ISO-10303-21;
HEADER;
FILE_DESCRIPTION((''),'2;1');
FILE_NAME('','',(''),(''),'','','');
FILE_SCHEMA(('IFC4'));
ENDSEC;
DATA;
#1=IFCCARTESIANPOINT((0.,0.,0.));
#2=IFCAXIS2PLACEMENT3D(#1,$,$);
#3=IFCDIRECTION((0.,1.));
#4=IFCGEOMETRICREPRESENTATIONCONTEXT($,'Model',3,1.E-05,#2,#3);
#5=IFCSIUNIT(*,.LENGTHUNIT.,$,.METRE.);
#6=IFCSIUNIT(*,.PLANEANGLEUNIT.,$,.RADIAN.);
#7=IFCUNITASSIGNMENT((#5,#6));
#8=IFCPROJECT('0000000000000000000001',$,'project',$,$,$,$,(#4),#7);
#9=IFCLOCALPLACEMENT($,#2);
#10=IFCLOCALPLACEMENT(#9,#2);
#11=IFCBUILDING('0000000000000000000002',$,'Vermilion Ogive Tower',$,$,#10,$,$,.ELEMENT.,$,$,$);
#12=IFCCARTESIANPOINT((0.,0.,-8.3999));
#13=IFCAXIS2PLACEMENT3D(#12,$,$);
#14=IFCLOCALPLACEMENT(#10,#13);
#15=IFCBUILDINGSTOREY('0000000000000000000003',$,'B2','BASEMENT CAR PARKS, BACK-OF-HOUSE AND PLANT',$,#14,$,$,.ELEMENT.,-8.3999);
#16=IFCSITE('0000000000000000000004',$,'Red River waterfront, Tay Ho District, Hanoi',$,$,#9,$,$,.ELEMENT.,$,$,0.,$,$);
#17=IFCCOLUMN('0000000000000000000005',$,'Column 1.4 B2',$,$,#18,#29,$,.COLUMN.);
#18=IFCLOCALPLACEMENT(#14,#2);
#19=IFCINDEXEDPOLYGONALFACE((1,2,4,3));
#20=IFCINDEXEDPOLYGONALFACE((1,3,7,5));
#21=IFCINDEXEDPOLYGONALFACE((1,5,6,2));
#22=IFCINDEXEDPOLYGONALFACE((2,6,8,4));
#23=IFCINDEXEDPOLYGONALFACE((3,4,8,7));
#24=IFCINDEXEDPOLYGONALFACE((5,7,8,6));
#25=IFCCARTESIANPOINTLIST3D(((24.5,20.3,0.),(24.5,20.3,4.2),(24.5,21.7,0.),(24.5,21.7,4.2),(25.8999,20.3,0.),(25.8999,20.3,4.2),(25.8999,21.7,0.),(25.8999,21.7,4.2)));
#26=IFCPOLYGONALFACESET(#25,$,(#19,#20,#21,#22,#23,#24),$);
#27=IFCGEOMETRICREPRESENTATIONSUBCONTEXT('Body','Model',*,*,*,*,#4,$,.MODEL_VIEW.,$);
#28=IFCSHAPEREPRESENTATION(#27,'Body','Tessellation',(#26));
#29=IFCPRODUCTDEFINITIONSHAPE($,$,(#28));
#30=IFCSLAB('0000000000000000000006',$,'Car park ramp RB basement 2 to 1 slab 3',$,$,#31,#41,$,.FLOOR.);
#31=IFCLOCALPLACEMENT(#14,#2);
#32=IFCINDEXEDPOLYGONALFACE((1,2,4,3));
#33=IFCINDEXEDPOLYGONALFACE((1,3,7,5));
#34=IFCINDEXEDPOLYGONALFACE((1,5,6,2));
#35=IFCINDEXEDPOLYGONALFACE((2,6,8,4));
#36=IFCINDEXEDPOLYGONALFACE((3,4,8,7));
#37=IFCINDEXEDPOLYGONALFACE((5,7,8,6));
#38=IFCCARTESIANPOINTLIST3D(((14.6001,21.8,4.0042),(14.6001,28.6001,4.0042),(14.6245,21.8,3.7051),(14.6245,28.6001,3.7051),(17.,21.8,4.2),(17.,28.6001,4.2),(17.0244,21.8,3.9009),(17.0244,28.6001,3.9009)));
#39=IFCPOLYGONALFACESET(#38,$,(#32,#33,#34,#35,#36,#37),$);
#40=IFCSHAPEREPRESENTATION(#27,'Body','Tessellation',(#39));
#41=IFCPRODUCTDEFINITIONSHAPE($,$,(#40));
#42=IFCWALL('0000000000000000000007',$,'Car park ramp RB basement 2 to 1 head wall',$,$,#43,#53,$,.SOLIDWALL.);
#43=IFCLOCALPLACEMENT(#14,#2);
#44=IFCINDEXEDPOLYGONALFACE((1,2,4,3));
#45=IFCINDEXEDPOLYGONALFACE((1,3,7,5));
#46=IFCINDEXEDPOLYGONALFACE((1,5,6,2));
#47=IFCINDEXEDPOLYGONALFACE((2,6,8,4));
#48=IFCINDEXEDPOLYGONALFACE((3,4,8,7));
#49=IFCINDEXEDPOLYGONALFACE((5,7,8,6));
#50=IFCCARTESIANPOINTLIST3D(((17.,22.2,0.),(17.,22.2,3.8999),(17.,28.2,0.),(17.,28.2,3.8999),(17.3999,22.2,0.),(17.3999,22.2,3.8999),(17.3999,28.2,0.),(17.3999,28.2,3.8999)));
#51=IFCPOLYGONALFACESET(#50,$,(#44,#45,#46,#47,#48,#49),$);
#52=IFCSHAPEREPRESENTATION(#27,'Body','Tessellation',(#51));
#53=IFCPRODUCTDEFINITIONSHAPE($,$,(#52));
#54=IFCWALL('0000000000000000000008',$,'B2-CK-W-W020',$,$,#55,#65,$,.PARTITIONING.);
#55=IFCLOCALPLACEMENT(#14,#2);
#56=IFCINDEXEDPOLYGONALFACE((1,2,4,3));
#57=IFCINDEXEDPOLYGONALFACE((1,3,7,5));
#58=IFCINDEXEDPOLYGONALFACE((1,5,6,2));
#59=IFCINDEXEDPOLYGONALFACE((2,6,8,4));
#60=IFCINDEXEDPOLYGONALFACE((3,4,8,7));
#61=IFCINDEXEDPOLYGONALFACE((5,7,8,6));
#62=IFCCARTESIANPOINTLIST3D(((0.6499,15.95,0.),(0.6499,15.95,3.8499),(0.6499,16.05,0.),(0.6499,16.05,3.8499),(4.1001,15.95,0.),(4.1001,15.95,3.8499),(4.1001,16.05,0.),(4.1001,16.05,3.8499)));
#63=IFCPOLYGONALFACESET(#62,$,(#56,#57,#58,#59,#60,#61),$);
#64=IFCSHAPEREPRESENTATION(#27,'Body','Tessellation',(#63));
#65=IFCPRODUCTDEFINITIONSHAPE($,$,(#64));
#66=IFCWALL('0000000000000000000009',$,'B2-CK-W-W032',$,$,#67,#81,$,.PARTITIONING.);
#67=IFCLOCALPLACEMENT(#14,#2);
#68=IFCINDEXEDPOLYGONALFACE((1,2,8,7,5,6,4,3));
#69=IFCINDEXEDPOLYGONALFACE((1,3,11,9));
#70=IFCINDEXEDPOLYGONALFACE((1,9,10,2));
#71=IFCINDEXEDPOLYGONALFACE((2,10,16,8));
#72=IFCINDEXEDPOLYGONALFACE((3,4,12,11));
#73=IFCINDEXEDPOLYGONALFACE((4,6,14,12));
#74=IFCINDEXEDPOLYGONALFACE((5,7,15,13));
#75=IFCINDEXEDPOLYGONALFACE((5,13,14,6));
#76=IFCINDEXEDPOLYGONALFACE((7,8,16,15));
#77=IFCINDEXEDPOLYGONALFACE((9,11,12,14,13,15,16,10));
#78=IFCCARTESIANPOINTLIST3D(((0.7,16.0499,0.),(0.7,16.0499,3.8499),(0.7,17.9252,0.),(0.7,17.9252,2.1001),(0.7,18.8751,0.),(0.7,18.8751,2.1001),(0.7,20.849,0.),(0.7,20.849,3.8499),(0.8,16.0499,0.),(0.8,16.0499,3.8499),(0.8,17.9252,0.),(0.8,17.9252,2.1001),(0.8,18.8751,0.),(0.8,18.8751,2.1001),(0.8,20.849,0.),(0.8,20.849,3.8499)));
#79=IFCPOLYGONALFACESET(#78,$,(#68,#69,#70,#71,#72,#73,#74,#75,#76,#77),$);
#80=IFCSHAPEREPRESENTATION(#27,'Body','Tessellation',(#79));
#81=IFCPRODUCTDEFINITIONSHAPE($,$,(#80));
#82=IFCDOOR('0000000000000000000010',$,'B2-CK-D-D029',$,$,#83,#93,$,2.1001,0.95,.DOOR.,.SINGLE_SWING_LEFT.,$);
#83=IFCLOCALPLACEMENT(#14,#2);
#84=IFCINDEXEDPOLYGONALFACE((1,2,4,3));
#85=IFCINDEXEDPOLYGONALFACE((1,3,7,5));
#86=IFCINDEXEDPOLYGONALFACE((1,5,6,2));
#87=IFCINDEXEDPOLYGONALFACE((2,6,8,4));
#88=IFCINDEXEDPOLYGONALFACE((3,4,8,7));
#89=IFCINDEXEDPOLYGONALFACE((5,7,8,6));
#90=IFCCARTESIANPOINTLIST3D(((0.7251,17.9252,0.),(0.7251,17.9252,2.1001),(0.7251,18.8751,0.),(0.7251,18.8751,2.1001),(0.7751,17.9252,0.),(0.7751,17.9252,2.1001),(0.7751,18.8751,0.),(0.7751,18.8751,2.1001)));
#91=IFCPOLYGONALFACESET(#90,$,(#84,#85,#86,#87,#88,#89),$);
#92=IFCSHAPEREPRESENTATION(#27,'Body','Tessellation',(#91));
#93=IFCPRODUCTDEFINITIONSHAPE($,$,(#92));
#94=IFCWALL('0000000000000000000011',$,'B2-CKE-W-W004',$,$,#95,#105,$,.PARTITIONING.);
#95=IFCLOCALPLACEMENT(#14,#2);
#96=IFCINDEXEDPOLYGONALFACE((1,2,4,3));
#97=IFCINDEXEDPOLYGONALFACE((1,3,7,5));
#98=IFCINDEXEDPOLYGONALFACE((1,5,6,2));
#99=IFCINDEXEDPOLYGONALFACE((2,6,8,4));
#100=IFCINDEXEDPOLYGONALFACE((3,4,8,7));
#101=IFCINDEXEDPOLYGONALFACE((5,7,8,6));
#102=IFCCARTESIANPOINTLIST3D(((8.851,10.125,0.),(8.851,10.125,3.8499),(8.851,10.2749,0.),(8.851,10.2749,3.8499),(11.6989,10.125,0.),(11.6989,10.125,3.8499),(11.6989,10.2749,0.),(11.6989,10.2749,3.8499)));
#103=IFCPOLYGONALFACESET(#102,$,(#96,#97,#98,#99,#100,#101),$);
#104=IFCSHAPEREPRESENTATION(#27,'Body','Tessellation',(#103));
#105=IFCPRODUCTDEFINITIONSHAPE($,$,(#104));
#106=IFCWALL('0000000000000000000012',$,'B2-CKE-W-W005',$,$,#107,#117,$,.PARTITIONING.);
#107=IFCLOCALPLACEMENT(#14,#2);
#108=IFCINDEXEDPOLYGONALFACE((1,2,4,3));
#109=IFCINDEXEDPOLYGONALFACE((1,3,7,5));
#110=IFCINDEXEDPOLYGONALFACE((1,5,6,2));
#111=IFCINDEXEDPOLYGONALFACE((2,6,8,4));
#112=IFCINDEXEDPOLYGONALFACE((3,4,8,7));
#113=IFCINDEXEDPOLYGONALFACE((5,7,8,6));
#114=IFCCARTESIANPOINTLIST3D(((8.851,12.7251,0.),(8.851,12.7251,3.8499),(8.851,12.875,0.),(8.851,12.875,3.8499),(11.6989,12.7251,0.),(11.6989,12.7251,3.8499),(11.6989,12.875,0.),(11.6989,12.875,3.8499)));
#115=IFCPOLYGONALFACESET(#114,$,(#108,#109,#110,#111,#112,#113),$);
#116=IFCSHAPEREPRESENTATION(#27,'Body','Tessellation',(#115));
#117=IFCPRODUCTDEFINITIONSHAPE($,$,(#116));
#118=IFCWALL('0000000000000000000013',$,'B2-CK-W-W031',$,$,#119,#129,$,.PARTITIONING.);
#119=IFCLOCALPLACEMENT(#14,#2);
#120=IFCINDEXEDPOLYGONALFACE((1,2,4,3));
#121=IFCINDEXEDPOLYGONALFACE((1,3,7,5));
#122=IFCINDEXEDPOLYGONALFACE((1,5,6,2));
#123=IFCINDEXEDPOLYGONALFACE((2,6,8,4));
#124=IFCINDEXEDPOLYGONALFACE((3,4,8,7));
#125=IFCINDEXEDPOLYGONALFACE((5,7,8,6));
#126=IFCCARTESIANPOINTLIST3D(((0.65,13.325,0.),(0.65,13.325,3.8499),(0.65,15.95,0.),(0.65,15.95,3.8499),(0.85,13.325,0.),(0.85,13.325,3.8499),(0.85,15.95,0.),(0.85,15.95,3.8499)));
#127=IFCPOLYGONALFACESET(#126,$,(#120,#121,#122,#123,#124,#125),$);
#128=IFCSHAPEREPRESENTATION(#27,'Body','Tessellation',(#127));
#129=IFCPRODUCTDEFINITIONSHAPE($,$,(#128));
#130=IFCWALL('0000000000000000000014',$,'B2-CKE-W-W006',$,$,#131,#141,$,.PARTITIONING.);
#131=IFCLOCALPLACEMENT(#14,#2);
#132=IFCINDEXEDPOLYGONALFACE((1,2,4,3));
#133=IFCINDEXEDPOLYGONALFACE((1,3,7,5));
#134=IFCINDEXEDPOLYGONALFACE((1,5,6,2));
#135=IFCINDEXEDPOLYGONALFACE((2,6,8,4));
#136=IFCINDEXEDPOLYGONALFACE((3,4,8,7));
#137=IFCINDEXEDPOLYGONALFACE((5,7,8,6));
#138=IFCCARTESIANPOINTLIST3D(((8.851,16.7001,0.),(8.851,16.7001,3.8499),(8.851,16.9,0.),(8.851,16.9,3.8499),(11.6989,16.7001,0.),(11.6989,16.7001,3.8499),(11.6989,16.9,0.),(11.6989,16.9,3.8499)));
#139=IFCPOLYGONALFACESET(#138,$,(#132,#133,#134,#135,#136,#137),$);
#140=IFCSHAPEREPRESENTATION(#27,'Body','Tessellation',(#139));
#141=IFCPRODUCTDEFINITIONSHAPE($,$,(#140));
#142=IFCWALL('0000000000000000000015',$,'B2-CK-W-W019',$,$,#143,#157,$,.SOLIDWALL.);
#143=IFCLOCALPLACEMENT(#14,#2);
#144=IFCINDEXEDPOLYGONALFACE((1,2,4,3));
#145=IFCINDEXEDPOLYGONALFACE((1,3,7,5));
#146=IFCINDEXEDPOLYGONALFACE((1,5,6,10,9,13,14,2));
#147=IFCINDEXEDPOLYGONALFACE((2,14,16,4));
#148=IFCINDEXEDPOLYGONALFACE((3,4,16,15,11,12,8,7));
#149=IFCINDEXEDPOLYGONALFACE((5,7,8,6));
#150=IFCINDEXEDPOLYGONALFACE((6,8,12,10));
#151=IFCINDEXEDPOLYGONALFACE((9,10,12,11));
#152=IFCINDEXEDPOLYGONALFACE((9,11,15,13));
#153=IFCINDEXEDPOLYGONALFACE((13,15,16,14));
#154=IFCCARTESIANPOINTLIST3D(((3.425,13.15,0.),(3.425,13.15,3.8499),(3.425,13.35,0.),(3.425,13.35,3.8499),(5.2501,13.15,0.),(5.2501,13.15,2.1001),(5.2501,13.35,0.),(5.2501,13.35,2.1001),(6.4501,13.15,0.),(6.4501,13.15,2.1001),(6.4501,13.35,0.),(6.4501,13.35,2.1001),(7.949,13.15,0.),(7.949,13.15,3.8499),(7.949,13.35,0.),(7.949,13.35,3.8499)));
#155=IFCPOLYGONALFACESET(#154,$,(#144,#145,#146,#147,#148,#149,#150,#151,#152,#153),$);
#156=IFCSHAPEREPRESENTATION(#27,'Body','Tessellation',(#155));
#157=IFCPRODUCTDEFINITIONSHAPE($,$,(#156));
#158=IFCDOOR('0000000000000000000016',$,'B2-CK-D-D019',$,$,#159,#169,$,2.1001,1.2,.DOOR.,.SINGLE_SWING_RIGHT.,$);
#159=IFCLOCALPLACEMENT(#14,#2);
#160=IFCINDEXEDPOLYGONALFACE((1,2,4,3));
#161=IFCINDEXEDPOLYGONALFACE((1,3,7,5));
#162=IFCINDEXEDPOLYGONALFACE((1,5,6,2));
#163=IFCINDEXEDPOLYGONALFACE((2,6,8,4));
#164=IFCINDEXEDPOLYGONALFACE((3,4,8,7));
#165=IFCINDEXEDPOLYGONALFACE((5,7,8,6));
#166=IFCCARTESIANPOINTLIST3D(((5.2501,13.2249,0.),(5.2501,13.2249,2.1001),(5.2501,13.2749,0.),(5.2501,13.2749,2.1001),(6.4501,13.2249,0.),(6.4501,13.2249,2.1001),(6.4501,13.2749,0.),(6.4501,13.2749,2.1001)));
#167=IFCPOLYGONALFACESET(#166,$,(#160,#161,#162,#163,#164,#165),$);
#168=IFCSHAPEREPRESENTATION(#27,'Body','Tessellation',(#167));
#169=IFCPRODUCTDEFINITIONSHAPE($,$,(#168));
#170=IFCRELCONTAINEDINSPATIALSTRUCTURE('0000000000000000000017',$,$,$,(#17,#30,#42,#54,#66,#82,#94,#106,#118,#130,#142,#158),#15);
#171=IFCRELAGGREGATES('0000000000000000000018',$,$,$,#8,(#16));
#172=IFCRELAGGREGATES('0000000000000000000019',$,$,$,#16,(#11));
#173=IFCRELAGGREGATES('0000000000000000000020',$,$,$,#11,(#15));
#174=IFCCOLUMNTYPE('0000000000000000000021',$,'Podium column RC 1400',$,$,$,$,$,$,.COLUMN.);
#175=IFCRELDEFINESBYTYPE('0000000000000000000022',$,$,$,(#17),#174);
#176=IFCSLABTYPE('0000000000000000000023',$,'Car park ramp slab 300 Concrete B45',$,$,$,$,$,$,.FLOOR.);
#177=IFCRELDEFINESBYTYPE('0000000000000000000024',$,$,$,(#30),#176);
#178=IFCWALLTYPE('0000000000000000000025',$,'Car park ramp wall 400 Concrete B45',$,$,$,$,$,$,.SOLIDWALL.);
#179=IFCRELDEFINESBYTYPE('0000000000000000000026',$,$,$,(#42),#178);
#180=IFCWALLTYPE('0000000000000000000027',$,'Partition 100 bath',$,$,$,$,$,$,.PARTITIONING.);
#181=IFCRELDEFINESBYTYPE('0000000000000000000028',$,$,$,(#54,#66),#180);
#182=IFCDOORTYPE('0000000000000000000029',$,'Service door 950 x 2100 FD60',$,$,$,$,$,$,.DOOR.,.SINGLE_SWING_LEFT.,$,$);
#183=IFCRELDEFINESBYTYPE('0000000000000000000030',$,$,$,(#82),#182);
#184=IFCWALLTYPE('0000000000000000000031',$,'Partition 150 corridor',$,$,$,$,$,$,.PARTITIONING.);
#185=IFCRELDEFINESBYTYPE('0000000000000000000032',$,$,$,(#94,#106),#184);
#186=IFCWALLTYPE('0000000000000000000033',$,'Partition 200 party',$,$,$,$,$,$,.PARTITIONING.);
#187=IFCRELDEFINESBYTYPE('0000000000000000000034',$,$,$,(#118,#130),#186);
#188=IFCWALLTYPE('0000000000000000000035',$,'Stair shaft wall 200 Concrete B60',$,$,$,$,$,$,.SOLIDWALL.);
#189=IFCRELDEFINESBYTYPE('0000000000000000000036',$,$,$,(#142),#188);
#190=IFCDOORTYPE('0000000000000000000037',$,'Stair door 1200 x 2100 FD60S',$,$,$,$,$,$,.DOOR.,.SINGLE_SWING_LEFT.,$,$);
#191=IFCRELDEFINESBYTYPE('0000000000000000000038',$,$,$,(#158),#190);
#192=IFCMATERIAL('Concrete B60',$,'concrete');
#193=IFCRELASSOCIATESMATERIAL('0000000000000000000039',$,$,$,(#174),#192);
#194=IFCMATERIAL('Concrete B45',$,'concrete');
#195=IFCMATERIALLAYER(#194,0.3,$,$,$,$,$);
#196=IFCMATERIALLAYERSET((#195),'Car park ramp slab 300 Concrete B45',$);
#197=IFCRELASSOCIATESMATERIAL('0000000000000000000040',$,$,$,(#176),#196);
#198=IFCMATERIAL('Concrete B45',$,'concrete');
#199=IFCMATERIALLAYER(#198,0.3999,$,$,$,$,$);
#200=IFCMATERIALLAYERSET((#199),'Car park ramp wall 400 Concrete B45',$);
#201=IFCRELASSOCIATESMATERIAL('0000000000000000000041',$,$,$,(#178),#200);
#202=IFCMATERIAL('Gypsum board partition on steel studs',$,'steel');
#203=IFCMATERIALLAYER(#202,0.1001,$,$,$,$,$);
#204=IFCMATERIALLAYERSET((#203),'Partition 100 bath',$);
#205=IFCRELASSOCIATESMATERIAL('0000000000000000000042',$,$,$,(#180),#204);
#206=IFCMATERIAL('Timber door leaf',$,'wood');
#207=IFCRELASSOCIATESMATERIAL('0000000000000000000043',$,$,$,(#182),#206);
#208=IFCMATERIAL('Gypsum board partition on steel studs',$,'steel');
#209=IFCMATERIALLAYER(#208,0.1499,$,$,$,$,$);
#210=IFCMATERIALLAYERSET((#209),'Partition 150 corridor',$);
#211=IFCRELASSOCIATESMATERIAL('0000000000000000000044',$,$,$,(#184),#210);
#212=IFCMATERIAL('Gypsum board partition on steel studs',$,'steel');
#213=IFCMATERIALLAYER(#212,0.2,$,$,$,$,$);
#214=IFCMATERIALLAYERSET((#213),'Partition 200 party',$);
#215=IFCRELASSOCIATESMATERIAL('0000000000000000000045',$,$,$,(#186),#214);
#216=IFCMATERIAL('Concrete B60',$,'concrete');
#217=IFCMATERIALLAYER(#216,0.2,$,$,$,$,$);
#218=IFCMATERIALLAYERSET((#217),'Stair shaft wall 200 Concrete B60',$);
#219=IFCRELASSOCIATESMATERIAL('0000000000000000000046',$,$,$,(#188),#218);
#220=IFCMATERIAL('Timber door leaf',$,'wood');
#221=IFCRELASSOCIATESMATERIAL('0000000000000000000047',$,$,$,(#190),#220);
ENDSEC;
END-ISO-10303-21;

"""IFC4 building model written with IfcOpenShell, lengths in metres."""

from ifc_helpers import new_model, si_unit, direction, frame, frame_2d, origin, origin_2d, place, context, subcontext, project, spatial, polyline, rectangle, outline, extrude, material, layer, layer_set, material_profile, profile_set, type_object, element, fill, save


model = new_model("IFC4")

# Units and contexts
model_context = context("Model", 3, precision=1e-05, world=origin(), true_north=direction((0.0, 1.0)))
body_context = subcontext(model_context, "Body", "Model", "MODEL_VIEW")
ifc_project = project(units=[si_unit("LENGTHUNIT", "METRE"), si_unit("PLANEANGLEUNIT", "RADIAN")], contexts=[model_context])

# Site, building, storey
site_placement = place(None, origin())
site = spatial("IfcSite", under=ifc_project, at=site_placement, Name="Red River waterfront, Tay Ho District, Hanoi", CompositionType="ELEMENT", RefElevation=0.0)
building_placement = place(site_placement, origin())
building = spatial("IfcBuilding", under=site, at=building_placement, Name="Vermilion Ogive Tower", CompositionType="ELEMENT")
storey_placement = place(building_placement, frame((0.0, 0.0, -8.3999)))
storey = spatial("IfcBuildingStorey", under=building, at=storey_placement, Name="B2", Description="BASEMENT CAR PARKS, BACK-OF-HOUSE AND PLANT", CompositionType="ELEMENT", Elevation=-8.3999)

# Column
ifc_material_1 = material(Name="Concrete B60", Category="concrete")
ifc_material_profile_1 = material_profile(ifc_material_1, rectangle(XDim=1.3999, YDim=1.3999, at=origin_2d()), Name="RC 1400x1400")
ifc_profile_set_1 = profile_set([ifc_material_profile_1], Name="Concrete B60")
column_type_1 = type_object("IfcColumnType", Name="Podium column RC 1400", PredefinedType="COLUMN", material=ifc_profile_set_1)
column_placement = place(storey_placement, frame((25.2, 21.0, 0.0), z_axis=(0.0, 0.0, 1.0), x_axis=(1.0, 0.0, 0.0)))
element("IfcColumn", 1, at=column_placement, inside=storey, type_object=column_type_1, Name="Column 1.4 B2", PredefinedType="COLUMN", context=body_context, shape_type="SweptSolid", body=[
    extrude(rectangle(XDim=1.3999, YDim=1.3999, at=origin_2d()), origin(), (0.0, 0.0, 1.0), 4.2),
])

# Slab
ifc_material_2 = material(Name="Concrete B45", Category="concrete")
ifc_layer_1 = layer(ifc_material_2, 0.3)
ifc_layer_set_1 = layer_set([ifc_layer_1], Name="Car park ramp slab 300 Concrete B45")
slab_type = type_object("IfcSlabType", Name="Car park ramp slab 300 Concrete B45", PredefinedType="FLOOR", material=ifc_layer_set_1)
slab_placement = place(storey_placement, frame((14.6001, 21.8, 4.0042), z_axis=(-0.081317, 0.0, 0.996688), x_axis=(0.996688, 0.0, 0.081317)))
element("IfcSlab", 2, at=slab_placement, inside=storey, type_object=slab_type, Name="Car park ramp RB basement 2 to 1 slab 3", PredefinedType="FLOOR", context=body_context, shape_type="SweptSolid", body=[
    extrude(outline(polyline([(0.0, 0.0), (2.4079, 0.0), (2.4079, 6.8), (0.0, 6.8), (0.0, 0.0)])), origin(), (0.0, 0.0, -1.0), 0.3),
])

# Walls
ifc_material_3 = material(Name="Concrete B45", Category="concrete")
ifc_layer_2 = layer(ifc_material_3, 0.3999)
ifc_layer_set_2 = layer_set([ifc_layer_2], Name="Car park ramp wall 400 Concrete B45")
wall_type_1 = type_object("IfcWallType", Name="Car park ramp wall 400 Concrete B45", PredefinedType="SOLIDWALL", material=ifc_layer_set_2)
wall_1_placement = place(storey_placement, frame((17.2, 22.2, 0.0), z_axis=(0.0, 0.0, 1.0), x_axis=(0.0, 1.0, 0.0)))
element("IfcWall", 3, at=wall_1_placement, inside=storey, type_object=wall_type_1, Name="Car park ramp RB basement 2 to 1 head wall", PredefinedType="SOLIDWALL", context=body_context, shape_type="SweptSolid", body=[
    extrude(rectangle(XDim=6.0, YDim=0.3999, at=frame_2d((3.0, 0.0))), origin(), (0.0, 0.0, 1.0), 3.8999),
])
ifc_material_4 = material(Name="Gypsum board partition on steel studs", Category="steel")
ifc_layer_3 = layer(ifc_material_4, 0.1001)
ifc_layer_set_3 = layer_set([ifc_layer_3], Name="Partition 100 bath")
wall_type_2 = type_object("IfcWallType", Name="Partition 100 bath", PredefinedType="PARTITIONING", material=ifc_layer_set_3)
wall_2_placement = place(storey_placement, frame((0.6499, 16.0, 0.0), z_axis=(0.0, 0.0, 1.0), x_axis=(1.0, 0.0, 0.0)))
element("IfcWall", 4, at=wall_2_placement, inside=storey, type_object=wall_type_2, Name="B2-CK-W-W020", PredefinedType="PARTITIONING", context=body_context, shape_type="SweptSolid", body=[
    extrude(rectangle(XDim=3.4502, YDim=0.1001, at=frame_2d((1.7251, 0.0))), origin(), (0.0, 0.0, 1.0), 3.8499),
])

# Wall, opening, door
wall_3_placement = place(storey_placement, frame((0.75, 16.05, 0.0), z_axis=(0.0, 0.0, 1.0), x_axis=(0.0, 1.0, 0.0)))
wall_3 = element("IfcWall", 5, at=wall_3_placement, inside=storey, type_object=wall_type_2, Name="B2-CK-W-W032", PredefinedType="PARTITIONING", context=body_context, shape_type="SweptSolid", body=[
    extrude(rectangle(XDim=4.7991, YDim=0.1001, at=frame_2d((2.3994, 0.0))), origin(), (0.0, 0.0, 1.0), 3.8499),
])
opening_1_placement = place(wall_3_placement, frame((1.875, 0.0, 0.0)))
opening_1 = element("IfcOpeningElement", 6, at=opening_1_placement, cuts=wall_3, PredefinedType="OPENING", context=body_context, shape_type="SweptSolid", body=[
    extrude(rectangle(XDim=0.95, YDim=2.1001, at=frame_2d((0.4751, 1.05))), frame((0.0, 0.0601, 0.0), z_axis=(0.0, -1.0, 0.0), x_axis=(1.0, 0.0, 0.0)), (0.0, 0.0, 1.0), 0.1201),
])
ifc_material_5 = material(Name="Timber door leaf", Category="wood")
door_type_1 = type_object("IfcDoorType", Name="Service door 950 x 2100 FD60", OperationType="SINGLE_SWING_LEFT", PredefinedType="DOOR", material=ifc_material_5)
door_1_placement = place(opening_1_placement, origin())
door_1 = element("IfcDoor", 7, at=door_1_placement, inside=storey, type_object=door_type_1, Name="B2-CK-D-D029", OperationType="SINGLE_SWING_LEFT", OverallHeight=2.1001, OverallWidth=0.95, PredefinedType="DOOR", context=body_context, shape_type="SweptSolid", body=[
    extrude(rectangle(XDim=0.95, YDim=2.1001, at=frame_2d((0.4751, 1.05))), frame((0.0, 0.0249, 0.0), z_axis=(0.0, -1.0, 0.0), x_axis=(1.0, 0.0, 0.0)), (0.0, 0.0, 1.0), 0.05),
])
fill(opening_1, door_1)

# Walls
ifc_material_6 = material(Name="Gypsum board partition on steel studs", Category="steel")
ifc_layer_4 = layer(ifc_material_6, 0.1499)
ifc_layer_set_4 = layer_set([ifc_layer_4], Name="Partition 150 corridor")
wall_type_3 = type_object("IfcWallType", Name="Partition 150 corridor", PredefinedType="PARTITIONING", material=ifc_layer_set_4)
for number, where, z_axis, x_axis, name in (
    (8, (8.8511, 10.2, 0.0), (0.0, 0.0, 1.0), (1.0, 0.0, 0.0), "B2-CKE-W-W004"),
    (9, (8.8511, 12.8, 0.0), (0.0, 0.0, 1.0), (1.0, 0.0, 0.0), "B2-CKE-W-W005"),
):
    element("IfcWall", number, at=place(storey_placement, frame(where, z_axis=z_axis, x_axis=x_axis)), inside=storey, type_object=wall_type_3, Name=name, PredefinedType="PARTITIONING", context=body_context, shape_type="SweptSolid", body=[
        extrude(rectangle(XDim=2.8479, YDim=0.1499, at=frame_2d((1.4238, 0.0))), origin(), (0.0, 0.0, 1.0), 3.8499),
    ])
ifc_material_7 = material(Name="Gypsum board partition on steel studs", Category="steel")
ifc_layer_5 = layer(ifc_material_7, 0.2)
ifc_layer_set_5 = layer_set([ifc_layer_5], Name="Partition 200 party")
wall_type_4 = type_object("IfcWallType", Name="Partition 200 party", PredefinedType="PARTITIONING", material=ifc_layer_set_5)
wall_4_placement = place(storey_placement, frame((0.75, 13.325, 0.0), z_axis=(0.0, 0.0, 1.0), x_axis=(0.0, 1.0, 0.0)))
element("IfcWall", 10, at=wall_4_placement, inside=storey, type_object=wall_type_4, Name="B2-CK-W-W031", PredefinedType="PARTITIONING", context=body_context, shape_type="SweptSolid", body=[
    extrude(rectangle(XDim=2.625, YDim=0.2, at=frame_2d((1.3125, 0.0))), origin(), (0.0, 0.0, 1.0), 3.8499),
])
wall_5_placement = place(storey_placement, frame((8.8511, 16.8, 0.0), z_axis=(0.0, 0.0, 1.0), x_axis=(1.0, 0.0, 0.0)))
element("IfcWall", 11, at=wall_5_placement, inside=storey, type_object=wall_type_4, Name="B2-CKE-W-W006", PredefinedType="PARTITIONING", context=body_context, shape_type="SweptSolid", body=[
    extrude(rectangle(XDim=2.8479, YDim=0.2, at=frame_2d((1.4238, 0.0))), origin(), (0.0, 0.0, 1.0), 3.8499),
])

# Wall, opening, door
ifc_material_8 = material(Name="Concrete B60", Category="concrete")
ifc_layer_6 = layer(ifc_material_8, 0.2)
ifc_layer_set_6 = layer_set([ifc_layer_6], Name="Stair shaft wall 200 Concrete B60")
wall_type_5 = type_object("IfcWallType", Name="Stair shaft wall 200 Concrete B60", PredefinedType="SOLIDWALL", material=ifc_layer_set_6)
wall_6_placement = place(storey_placement, frame((3.425, 13.25, 0.0), z_axis=(0.0, 0.0, 1.0), x_axis=(1.0, 0.0, 0.0)))
wall_6 = element("IfcWall", 12, at=wall_6_placement, inside=storey, type_object=wall_type_5, Name="B2-CK-W-W019", PredefinedType="SOLIDWALL", context=body_context, shape_type="SweptSolid", body=[
    extrude(rectangle(XDim=4.5239, YDim=0.2, at=frame_2d((2.262, 0.0))), origin(), (0.0, 0.0, 1.0), 3.8499),
])
opening_2_placement = place(wall_6_placement, frame((1.825, 0.0, 0.0)))
opening_2 = element("IfcOpeningElement", 13, at=opening_2_placement, cuts=wall_6, PredefinedType="OPENING", context=body_context, shape_type="SweptSolid", body=[
    extrude(rectangle(XDim=1.2, YDim=2.1001, at=frame_2d((0.6001, 1.05))), frame((0.0, 0.1099, 0.0), z_axis=(0.0, -1.0, 0.0), x_axis=(1.0, 0.0, 0.0)), (0.0, 0.0, 1.0), 0.22),
])
ifc_material_9 = material(Name="Timber door leaf", Category="wood")
door_type_2 = type_object("IfcDoorType", Name="Stair door 1200 x 2100 FD60S", OperationType="SINGLE_SWING_LEFT", PredefinedType="DOOR", material=ifc_material_9)
door_2_placement = place(opening_2_placement, origin())
door_2 = element("IfcDoor", 14, at=door_2_placement, inside=storey, type_object=door_type_2, Name="B2-CK-D-D019", OperationType="SINGLE_SWING_RIGHT", OverallHeight=2.1001, OverallWidth=1.2, PredefinedType="DOOR", context=body_context, shape_type="SweptSolid", body=[
    extrude(rectangle(XDim=1.2, YDim=2.1001, at=frame_2d((0.6001, 1.05))), frame((0.0, 0.0249, 0.0), z_axis=(0.0, -1.0, 0.0), x_axis=(1.0, 0.0, 0.0)), (0.0, 0.0, 1.0), 0.05),
])
fill(opening_2, door_2)

save(model, "model.ifc")
